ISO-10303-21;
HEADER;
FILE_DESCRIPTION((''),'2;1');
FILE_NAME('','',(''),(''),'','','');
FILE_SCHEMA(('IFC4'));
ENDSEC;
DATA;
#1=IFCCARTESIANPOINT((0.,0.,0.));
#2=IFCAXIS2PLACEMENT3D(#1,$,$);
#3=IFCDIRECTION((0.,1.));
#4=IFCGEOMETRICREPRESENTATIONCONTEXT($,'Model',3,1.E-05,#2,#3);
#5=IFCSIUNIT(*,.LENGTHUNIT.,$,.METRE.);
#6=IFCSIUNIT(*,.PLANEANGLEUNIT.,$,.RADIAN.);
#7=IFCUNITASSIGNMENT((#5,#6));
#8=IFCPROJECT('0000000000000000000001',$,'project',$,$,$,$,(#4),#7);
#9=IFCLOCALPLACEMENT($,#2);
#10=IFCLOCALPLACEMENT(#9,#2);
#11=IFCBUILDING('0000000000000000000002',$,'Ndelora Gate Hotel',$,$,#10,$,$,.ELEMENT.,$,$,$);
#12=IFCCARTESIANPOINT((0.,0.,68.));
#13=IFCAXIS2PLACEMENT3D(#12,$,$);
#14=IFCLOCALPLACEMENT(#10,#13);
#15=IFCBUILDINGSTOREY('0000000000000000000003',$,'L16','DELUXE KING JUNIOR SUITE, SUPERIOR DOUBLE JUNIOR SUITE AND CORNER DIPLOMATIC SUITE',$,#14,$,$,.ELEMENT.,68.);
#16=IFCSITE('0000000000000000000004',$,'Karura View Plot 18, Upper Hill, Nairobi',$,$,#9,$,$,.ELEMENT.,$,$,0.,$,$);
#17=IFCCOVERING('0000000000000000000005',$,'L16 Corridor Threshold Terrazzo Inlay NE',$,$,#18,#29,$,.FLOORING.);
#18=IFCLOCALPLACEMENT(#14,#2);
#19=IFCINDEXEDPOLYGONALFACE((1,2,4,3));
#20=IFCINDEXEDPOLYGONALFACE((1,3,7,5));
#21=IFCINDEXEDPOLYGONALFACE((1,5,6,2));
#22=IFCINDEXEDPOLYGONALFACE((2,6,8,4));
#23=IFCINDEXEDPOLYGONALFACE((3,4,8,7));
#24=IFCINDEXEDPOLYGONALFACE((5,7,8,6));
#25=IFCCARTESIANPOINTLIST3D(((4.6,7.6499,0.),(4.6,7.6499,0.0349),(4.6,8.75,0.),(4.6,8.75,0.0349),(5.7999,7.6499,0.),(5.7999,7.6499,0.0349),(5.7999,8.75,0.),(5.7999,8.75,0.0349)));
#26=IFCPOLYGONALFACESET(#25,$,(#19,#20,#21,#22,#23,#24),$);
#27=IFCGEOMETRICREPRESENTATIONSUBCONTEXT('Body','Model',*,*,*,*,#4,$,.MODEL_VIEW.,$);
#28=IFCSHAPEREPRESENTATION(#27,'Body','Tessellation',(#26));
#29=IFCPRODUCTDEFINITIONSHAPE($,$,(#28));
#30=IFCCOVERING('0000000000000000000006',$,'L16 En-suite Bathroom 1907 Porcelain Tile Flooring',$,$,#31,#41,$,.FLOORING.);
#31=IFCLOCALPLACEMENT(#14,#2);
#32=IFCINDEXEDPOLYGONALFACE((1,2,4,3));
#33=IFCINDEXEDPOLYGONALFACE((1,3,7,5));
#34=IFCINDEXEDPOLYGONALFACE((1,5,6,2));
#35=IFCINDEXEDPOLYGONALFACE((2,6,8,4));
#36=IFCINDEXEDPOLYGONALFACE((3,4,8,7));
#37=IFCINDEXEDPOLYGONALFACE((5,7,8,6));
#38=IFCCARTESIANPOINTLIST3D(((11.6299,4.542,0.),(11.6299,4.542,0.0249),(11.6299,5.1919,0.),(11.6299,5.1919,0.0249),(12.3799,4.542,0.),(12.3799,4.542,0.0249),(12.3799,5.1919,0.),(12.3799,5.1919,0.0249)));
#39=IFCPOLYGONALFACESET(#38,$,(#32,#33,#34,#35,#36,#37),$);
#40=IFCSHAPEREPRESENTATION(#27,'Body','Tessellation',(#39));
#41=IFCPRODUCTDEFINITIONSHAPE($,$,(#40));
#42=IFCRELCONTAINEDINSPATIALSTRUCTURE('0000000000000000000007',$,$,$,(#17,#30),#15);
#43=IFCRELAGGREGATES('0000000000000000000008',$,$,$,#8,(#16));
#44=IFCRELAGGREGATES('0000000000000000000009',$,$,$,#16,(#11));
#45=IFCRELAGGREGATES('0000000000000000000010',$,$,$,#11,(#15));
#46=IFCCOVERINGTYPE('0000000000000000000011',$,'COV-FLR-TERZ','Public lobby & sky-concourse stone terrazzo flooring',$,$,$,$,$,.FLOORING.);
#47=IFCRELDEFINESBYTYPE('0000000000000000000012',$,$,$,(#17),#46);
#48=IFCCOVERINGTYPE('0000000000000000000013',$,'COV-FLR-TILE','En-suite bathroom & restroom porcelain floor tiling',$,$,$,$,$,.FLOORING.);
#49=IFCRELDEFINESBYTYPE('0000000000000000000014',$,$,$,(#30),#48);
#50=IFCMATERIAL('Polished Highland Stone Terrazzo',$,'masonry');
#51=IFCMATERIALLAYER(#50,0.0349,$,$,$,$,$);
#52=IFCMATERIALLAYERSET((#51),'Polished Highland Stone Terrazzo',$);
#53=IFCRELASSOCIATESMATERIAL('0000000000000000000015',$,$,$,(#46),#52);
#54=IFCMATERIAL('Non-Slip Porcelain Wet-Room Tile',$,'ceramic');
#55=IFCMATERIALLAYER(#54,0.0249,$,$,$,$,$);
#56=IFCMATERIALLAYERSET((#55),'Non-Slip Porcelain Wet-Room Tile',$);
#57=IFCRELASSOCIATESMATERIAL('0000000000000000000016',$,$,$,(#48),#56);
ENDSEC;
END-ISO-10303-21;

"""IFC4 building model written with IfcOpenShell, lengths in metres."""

from ifc_helpers import new_model, si_unit, direction, frame, origin, origin_2d, place, context, subcontext, project, spatial, rectangle, extrude, material, layer, layer_set, type_object, element, save


model = new_model("IFC4")

# Units and contexts
model_context = context("Model", 3, precision=1e-05, world=origin(), true_north=direction((0.0, 1.0)))
body_context = subcontext(model_context, "Body", "Model", "MODEL_VIEW")
ifc_project = project(units=[si_unit("LENGTHUNIT", "METRE"), si_unit("PLANEANGLEUNIT", "RADIAN")], contexts=[model_context])

# Site, building, storey
site_placement = place(None, origin())
site = spatial("IfcSite", under=ifc_project, at=site_placement, Name="Karura View Plot 18, Upper Hill, Nairobi", CompositionType="ELEMENT", RefElevation=0.0)
building_placement = place(site_placement, origin())
building = spatial("IfcBuilding", under=site, at=building_placement, Name="Ndelora Gate Hotel", CompositionType="ELEMENT")
storey_placement = place(building_placement, frame((0.0, 0.0, 68.0)))
storey = spatial("IfcBuildingStorey", under=building, at=storey_placement, Name="L16", Description="DELUXE KING JUNIOR SUITE, SUPERIOR DOUBLE JUNIOR SUITE AND CORNER DIPLOMATIC SUITE", CompositionType="ELEMENT", Elevation=68.0)

# Coverings
ifc_material_1 = material(Name="Polished Highland Stone Terrazzo", Category="masonry")
ifc_layer_1 = layer(ifc_material_1, 0.0349)
ifc_layer_set_1 = layer_set([ifc_layer_1], Name="Polished Highland Stone Terrazzo")
covering_type_1 = type_object("IfcCoveringType", Name="COV-FLR-TERZ", Description="Public lobby & sky-concourse stone terrazzo flooring", PredefinedType="FLOORING", material=ifc_layer_set_1)
covering_1_placement = place(storey_placement, frame((5.2, 8.2, 0.0), z_axis=(0.0, 0.0, 1.0), x_axis=(1.0, 0.0, 0.0)))
element("IfcCovering", 1, at=covering_1_placement, inside=storey, type_object=covering_type_1, Name="L16 Corridor Threshold Terrazzo Inlay NE", PredefinedType="FLOORING", context=body_context, shape_type="SweptSolid", body=[
    extrude(rectangle(XDim=1.2, YDim=1.1001, at=origin_2d()), origin(), (0.0, 0.0, 1.0), 0.0349),
])
ifc_material_2 = material(Name="Non-Slip Porcelain Wet-Room Tile", Category="ceramic")
ifc_layer_2 = layer(ifc_material_2, 0.0249)
ifc_layer_set_2 = layer_set([ifc_layer_2], Name="Non-Slip Porcelain Wet-Room Tile")
covering_type_2 = type_object("IfcCoveringType", Name="COV-FLR-TILE", Description="En-suite bathroom & restroom porcelain floor tiling", PredefinedType="FLOORING", material=ifc_layer_set_2)
covering_2_placement = place(storey_placement, frame((12.0049, 4.8669, 0.0), z_axis=(0.0, 0.0, 1.0), x_axis=(1.0, 0.0, 0.0)))
element("IfcCovering", 2, at=covering_2_placement, inside=storey, type_object=covering_type_2, Name="L16 En-suite Bathroom 1907 Porcelain Tile Flooring", PredefinedType="FLOORING", context=body_context, shape_type="SweptSolid", body=[
    extrude(rectangle(XDim=0.75, YDim=0.6499, at=origin_2d()), origin(), (0.0, 0.0, 1.0), 0.0249),
])

save(model, "model.ifc")
